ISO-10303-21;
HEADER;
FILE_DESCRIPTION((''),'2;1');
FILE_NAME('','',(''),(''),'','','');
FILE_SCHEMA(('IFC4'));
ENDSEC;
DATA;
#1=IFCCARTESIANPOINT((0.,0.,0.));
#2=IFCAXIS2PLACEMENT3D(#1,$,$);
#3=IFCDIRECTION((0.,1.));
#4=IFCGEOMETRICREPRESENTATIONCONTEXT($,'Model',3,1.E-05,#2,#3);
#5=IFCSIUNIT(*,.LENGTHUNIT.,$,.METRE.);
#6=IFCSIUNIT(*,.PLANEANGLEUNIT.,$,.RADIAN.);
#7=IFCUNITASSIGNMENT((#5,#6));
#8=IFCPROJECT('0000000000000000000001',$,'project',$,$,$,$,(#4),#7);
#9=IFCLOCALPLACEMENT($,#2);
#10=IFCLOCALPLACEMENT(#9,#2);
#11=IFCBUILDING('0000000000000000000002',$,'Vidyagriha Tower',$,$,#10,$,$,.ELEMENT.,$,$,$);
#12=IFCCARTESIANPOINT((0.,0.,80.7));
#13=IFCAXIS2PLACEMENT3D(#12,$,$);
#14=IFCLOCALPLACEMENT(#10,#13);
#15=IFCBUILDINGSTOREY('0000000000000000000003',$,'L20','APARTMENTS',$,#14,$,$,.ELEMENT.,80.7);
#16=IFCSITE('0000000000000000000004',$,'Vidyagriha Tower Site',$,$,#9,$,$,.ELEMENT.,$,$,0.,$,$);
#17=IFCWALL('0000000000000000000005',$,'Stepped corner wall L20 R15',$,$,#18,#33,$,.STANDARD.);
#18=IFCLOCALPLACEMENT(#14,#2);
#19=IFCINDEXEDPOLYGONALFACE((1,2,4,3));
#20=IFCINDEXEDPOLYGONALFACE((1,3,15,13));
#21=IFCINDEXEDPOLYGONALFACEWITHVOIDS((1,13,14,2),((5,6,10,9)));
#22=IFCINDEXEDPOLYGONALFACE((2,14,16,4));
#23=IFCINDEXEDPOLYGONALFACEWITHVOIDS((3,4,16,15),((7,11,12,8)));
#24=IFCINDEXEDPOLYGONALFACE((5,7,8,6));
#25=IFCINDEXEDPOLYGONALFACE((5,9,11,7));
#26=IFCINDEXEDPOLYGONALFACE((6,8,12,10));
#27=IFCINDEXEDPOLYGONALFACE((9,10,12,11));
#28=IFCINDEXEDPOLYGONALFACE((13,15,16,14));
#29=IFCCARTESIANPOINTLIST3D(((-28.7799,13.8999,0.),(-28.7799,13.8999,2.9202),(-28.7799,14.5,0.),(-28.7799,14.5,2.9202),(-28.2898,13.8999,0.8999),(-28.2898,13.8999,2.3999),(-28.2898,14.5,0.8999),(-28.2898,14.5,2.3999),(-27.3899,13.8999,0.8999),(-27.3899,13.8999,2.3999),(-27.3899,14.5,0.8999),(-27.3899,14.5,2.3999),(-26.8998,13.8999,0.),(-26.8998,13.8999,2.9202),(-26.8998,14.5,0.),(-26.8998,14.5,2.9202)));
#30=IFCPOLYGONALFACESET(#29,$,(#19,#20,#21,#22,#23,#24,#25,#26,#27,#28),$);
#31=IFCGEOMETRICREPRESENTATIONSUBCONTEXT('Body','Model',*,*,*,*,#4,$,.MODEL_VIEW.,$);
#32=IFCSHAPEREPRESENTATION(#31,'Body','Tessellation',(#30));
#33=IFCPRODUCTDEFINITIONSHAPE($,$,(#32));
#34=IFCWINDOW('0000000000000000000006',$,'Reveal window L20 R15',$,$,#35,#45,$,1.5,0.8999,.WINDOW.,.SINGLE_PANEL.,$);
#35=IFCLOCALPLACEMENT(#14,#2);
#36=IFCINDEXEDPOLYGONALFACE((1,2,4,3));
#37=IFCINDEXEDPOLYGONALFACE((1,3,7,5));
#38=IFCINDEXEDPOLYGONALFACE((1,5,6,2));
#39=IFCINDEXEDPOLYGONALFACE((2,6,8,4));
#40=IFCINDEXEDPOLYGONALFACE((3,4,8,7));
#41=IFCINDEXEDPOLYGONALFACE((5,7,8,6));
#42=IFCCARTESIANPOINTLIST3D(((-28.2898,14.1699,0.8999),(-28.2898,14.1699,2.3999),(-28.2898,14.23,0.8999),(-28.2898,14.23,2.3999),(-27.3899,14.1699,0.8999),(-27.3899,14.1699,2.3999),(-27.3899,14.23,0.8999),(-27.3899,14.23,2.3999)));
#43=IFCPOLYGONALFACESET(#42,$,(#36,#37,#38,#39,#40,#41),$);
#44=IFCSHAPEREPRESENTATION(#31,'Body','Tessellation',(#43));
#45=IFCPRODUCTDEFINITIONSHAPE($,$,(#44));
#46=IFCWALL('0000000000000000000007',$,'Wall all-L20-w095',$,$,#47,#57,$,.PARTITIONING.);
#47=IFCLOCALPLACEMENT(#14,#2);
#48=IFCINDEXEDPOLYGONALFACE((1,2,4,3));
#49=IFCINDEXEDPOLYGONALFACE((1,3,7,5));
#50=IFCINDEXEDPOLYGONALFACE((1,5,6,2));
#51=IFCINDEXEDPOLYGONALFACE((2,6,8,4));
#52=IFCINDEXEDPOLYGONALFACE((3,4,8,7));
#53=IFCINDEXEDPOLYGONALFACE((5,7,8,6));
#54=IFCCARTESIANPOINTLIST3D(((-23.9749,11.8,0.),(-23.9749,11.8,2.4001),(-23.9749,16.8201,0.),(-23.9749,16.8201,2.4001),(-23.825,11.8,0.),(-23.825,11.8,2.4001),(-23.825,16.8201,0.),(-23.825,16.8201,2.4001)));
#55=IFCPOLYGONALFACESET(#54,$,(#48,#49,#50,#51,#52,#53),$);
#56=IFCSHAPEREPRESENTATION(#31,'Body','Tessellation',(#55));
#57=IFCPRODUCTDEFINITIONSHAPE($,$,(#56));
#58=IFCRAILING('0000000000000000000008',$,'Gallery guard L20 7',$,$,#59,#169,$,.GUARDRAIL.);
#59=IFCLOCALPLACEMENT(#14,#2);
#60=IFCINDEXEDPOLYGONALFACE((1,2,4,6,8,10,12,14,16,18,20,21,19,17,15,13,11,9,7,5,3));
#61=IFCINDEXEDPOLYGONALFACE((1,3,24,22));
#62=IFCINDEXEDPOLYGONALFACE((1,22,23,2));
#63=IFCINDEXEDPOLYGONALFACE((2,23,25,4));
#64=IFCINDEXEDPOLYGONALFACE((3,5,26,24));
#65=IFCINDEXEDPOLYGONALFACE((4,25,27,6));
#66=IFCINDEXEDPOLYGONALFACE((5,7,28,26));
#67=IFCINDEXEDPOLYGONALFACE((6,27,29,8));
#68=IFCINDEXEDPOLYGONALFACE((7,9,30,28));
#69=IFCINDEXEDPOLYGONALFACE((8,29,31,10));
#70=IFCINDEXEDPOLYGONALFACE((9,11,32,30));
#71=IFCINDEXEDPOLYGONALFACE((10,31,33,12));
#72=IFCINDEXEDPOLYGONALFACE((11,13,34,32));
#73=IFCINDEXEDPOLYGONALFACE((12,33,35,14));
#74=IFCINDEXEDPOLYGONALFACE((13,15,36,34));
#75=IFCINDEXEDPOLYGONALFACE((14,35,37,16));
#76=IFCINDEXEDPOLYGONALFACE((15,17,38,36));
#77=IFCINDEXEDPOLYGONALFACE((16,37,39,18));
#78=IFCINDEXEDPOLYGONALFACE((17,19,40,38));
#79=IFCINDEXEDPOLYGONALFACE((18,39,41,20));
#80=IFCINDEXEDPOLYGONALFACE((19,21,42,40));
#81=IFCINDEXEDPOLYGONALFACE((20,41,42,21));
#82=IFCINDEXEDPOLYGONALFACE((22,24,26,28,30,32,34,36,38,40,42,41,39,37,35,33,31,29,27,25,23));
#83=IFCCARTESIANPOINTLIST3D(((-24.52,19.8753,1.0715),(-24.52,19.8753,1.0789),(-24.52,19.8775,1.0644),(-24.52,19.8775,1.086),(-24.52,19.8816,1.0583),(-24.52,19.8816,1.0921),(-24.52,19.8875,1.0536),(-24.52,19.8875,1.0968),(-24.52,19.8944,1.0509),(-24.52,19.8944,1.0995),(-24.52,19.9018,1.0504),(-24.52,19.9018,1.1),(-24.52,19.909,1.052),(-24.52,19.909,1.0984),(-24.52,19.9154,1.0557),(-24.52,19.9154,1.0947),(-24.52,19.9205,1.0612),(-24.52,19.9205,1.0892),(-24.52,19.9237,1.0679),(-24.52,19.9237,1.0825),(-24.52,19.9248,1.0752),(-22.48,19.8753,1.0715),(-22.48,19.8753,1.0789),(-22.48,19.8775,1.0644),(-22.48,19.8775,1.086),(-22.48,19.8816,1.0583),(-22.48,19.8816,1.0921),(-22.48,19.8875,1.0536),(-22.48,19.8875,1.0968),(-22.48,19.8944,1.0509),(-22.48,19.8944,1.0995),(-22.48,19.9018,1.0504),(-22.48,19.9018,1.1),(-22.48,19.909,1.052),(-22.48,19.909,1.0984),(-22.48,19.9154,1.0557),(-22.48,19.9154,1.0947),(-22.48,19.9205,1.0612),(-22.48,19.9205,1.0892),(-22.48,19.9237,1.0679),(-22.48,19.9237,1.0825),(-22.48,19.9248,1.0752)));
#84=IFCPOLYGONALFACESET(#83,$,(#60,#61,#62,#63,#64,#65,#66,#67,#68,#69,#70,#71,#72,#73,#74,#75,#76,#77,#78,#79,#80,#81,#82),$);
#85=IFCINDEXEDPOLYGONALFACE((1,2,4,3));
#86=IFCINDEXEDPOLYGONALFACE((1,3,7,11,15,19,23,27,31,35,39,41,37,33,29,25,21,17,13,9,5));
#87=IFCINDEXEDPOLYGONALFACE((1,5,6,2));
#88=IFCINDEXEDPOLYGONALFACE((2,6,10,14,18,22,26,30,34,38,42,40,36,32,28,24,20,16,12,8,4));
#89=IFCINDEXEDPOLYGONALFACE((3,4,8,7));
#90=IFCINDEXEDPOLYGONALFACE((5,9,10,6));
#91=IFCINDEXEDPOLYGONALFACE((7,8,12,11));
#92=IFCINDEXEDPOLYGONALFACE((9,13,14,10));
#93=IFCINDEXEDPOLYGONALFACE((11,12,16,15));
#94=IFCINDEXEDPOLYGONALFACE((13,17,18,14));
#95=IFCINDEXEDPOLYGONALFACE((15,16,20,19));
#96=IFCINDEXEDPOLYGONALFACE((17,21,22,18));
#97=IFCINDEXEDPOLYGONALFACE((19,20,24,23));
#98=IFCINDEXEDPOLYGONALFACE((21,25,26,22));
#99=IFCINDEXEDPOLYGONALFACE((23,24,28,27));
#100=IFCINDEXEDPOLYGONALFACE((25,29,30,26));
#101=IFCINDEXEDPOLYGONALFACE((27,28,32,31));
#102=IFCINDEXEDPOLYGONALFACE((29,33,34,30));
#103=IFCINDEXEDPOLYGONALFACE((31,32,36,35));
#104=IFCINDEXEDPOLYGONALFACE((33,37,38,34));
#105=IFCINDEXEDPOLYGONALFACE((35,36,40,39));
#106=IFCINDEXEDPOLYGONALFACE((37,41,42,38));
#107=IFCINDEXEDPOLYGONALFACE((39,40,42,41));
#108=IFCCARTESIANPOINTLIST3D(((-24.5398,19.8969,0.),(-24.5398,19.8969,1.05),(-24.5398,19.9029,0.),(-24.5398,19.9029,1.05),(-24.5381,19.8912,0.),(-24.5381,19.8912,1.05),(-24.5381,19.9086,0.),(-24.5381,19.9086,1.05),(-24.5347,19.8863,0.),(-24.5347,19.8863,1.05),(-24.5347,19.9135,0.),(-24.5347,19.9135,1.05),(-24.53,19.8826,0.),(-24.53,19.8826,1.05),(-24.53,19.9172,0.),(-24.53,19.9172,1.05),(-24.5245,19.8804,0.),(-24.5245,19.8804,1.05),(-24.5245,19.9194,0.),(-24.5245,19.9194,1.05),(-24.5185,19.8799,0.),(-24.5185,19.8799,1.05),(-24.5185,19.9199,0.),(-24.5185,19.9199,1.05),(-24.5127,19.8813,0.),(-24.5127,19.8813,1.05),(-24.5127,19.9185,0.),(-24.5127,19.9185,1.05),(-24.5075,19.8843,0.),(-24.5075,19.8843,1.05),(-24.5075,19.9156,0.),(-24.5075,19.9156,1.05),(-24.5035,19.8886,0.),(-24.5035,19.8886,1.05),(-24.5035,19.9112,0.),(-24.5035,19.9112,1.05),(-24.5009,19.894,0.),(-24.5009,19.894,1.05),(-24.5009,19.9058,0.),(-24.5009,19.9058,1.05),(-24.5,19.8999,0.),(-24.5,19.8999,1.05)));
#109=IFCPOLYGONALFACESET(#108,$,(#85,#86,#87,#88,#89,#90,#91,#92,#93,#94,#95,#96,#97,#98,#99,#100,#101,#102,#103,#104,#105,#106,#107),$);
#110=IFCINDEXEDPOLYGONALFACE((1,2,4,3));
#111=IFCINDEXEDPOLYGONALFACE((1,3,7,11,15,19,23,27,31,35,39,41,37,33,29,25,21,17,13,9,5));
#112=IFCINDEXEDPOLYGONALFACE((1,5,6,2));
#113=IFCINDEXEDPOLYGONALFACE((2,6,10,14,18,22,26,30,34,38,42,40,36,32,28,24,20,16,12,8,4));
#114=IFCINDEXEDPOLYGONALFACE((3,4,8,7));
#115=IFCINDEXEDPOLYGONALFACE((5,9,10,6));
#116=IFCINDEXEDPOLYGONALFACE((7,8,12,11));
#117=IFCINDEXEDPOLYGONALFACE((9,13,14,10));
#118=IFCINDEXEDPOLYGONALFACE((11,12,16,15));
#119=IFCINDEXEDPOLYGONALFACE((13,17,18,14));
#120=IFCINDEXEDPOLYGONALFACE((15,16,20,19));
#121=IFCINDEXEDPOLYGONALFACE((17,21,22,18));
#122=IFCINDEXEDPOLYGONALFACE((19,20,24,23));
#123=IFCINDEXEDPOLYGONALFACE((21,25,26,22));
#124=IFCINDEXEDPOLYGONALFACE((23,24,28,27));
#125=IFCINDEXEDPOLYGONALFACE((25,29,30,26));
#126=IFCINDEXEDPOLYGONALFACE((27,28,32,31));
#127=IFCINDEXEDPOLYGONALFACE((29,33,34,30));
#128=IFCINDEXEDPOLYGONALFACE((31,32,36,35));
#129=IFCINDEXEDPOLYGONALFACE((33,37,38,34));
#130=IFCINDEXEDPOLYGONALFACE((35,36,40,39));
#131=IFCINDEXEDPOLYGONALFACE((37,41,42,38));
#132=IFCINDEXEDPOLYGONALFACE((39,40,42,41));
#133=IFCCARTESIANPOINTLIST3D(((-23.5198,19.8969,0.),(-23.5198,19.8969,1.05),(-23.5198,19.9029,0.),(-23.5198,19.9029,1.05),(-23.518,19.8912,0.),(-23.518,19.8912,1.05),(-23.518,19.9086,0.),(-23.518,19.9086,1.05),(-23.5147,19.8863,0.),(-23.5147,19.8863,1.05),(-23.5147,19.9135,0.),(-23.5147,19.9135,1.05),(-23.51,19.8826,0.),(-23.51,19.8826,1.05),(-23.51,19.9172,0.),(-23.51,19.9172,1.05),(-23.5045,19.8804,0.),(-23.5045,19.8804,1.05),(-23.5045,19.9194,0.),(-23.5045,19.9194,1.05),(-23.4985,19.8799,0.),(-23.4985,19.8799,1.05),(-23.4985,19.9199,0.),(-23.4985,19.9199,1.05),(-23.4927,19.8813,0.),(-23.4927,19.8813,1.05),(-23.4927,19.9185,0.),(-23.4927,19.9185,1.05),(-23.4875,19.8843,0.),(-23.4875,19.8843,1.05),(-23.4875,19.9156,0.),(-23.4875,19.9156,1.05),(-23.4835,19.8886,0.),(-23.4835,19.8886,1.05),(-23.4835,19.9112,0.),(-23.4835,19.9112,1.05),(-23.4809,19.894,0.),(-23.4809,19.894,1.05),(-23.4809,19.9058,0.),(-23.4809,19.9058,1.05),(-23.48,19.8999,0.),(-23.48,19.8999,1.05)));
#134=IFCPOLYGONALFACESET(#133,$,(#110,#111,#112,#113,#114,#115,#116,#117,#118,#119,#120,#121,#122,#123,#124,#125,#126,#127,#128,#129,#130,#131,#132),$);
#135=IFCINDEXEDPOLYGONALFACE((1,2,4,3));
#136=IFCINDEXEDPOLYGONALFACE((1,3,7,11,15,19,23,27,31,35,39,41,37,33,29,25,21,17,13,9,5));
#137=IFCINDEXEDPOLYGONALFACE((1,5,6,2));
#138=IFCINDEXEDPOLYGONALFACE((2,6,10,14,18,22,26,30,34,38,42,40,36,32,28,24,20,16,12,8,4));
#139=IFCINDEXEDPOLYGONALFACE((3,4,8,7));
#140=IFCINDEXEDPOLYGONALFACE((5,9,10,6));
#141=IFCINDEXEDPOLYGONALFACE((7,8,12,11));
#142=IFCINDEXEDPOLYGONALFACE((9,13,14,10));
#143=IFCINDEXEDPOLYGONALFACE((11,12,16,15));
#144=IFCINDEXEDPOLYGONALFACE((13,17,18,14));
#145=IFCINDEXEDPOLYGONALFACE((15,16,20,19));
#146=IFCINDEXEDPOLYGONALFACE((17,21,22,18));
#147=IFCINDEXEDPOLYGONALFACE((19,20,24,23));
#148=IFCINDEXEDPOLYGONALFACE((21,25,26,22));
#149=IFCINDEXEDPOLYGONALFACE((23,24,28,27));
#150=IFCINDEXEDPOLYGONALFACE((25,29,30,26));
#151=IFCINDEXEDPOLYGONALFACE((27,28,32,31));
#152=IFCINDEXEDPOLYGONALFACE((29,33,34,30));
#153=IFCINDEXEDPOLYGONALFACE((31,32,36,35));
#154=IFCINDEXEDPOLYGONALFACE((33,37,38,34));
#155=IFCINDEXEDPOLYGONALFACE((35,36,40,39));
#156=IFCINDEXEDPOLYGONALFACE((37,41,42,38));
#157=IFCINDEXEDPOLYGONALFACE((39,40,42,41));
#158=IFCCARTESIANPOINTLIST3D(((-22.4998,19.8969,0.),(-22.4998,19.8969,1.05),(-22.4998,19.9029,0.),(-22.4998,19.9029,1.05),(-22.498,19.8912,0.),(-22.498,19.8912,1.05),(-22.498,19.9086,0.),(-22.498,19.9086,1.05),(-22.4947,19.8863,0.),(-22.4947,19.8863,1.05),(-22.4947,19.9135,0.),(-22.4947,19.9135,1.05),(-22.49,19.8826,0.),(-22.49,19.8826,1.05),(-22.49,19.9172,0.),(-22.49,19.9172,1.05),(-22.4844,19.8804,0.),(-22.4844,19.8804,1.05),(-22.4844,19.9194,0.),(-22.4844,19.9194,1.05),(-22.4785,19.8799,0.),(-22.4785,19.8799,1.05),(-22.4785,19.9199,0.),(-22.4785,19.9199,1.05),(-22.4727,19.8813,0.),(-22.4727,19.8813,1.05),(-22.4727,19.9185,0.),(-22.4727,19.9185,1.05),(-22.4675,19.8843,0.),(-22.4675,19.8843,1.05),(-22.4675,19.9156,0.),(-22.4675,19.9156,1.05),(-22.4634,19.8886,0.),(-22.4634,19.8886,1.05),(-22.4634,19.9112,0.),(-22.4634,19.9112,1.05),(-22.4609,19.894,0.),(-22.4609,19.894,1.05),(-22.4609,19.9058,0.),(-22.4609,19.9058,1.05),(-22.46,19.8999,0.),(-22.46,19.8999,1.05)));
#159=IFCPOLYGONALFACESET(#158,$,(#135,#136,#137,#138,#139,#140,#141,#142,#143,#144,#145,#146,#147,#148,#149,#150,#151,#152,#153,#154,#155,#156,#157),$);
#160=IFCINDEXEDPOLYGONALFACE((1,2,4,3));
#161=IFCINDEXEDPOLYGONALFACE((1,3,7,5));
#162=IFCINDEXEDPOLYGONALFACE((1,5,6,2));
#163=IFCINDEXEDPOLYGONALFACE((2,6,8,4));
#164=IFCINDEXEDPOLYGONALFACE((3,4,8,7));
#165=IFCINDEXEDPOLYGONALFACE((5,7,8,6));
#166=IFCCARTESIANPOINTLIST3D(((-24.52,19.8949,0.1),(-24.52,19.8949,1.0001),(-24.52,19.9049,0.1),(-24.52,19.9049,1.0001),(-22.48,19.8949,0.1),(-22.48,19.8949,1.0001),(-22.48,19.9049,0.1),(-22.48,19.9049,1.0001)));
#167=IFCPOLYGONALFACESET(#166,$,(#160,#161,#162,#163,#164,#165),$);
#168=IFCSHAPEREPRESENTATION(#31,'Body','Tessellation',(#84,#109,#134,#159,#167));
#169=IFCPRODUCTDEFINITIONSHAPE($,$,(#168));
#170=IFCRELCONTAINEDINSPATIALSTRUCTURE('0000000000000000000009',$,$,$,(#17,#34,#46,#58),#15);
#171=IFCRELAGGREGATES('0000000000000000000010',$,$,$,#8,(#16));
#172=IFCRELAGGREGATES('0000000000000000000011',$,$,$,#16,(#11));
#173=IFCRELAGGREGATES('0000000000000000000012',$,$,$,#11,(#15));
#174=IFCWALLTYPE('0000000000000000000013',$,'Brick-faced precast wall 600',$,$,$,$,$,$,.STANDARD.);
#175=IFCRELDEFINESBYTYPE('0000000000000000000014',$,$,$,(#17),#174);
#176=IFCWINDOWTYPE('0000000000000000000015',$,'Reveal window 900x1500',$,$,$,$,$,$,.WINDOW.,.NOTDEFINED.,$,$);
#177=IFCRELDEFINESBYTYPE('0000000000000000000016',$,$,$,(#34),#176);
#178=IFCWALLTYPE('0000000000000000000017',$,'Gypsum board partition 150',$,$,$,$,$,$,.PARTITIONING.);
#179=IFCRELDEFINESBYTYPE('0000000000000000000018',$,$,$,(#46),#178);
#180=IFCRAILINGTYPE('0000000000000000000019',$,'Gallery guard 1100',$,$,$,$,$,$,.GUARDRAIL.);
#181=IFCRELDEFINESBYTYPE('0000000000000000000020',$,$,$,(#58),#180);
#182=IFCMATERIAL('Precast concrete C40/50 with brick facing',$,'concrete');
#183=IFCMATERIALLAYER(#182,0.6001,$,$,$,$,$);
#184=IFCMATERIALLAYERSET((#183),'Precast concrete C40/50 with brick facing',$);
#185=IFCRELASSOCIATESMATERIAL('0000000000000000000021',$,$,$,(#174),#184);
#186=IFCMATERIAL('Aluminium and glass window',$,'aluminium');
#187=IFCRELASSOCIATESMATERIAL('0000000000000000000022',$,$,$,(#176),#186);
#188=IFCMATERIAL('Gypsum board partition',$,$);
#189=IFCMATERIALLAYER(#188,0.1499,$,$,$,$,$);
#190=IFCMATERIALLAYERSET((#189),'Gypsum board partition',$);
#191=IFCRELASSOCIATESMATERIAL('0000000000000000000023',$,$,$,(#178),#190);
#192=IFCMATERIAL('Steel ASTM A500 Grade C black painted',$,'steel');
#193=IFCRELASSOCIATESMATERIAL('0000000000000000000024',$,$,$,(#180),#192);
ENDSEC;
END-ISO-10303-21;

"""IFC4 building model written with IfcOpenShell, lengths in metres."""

from ifc_helpers import new_model, si_unit, direction, frame, frame_2d, origin, origin_2d, place, context, subcontext, project, spatial, rectangle, circle, extrude, material, layer, layer_set, type_object, element, fill, save


model = new_model("IFC4")

# Units and contexts
model_context = context("Model", 3, precision=1e-05, world=origin(), true_north=direction((0.0, 1.0)))
body_context = subcontext(model_context, "Body", "Model", "MODEL_VIEW")
ifc_project = project(units=[si_unit("LENGTHUNIT", "METRE"), si_unit("PLANEANGLEUNIT", "RADIAN")], contexts=[model_context])

# Site, building, storey
site_placement = place(None, origin())
site = spatial("IfcSite", under=ifc_project, at=site_placement, Name="Vidyagriha Tower Site", CompositionType="ELEMENT", RefElevation=0.0)
building_placement = place(site_placement, origin())
building = spatial("IfcBuilding", under=site, at=building_placement, Name="Vidyagriha Tower", CompositionType="ELEMENT")
storey_placement = place(building_placement, frame((0.0, 0.0, 80.7)))
storey = spatial("IfcBuildingStorey", under=building, at=storey_placement, Name="L20", Description="APARTMENTS", CompositionType="ELEMENT", Elevation=80.7)

# Shared definitions
ifc_material_1 = material(Name="Precast concrete C40/50 with brick facing", Category="concrete")
ifc_layer_1 = layer(ifc_material_1, 0.6001)
ifc_layer_set_1 = layer_set([ifc_layer_1], Name="Precast concrete C40/50 with brick facing")
wall_type_1 = type_object("IfcWallType", Name="Brick-faced precast wall 600", PredefinedType="STANDARD", material=ifc_layer_set_1)

# Shared definitions
ifc_material_2 = material(Name="Aluminium and glass window", Category="aluminium")
window_type = type_object("IfcWindowType", Name="Reveal window 900x1500", PartitioningType="NOTDEFINED", PredefinedType="WINDOW", material=ifc_material_2)

# Wall, opening, window
wall_1_placement = place(storey_placement, frame((-26.8999, 14.2, 0.0), z_axis=(0.0, 0.0, 1.0), x_axis=(-1.0, 0.0, 0.0)))
wall_1 = element("IfcWall", 1, at=wall_1_placement, inside=storey, type_object=wall_type_1, Name="Stepped corner wall L20 R15", PredefinedType="STANDARD", context=body_context, shape_type="SweptSolid", body=[
    extrude(rectangle(XDim=1.8801, YDim=0.6001, at=frame_2d((0.9399, 0.0))), origin(), (0.0, 0.0, 1.0), 2.9202),
])
opening_1_placement = place(wall_1_placement, frame((0.49, 0.0, 0.8999)))
opening_1 = element("IfcOpeningElement", 2, at=opening_1_placement, cuts=wall_1, PredefinedType="OPENING", context=body_context, shape_type="SweptSolid", body=[
    extrude(rectangle(XDim=0.8999, YDim=1.5, at=frame_2d((0.45, 0.75))), frame((0.0, 0.3101, 0.0), z_axis=(0.0, -1.0, 0.0), x_axis=(1.0, 0.0, 0.0)), (0.0, 0.0, 1.0), 0.6201),
])
window_1_placement = place(opening_1_placement, origin())
window_1 = element("IfcWindow", 3, at=window_1_placement, inside=storey, type_object=window_type, Name="Reveal window L20 R15", OverallHeight=1.5, OverallWidth=0.8999, PartitioningType="SINGLE_PANEL", PredefinedType="WINDOW", context=body_context, shape_type="SweptSolid", body=[
    extrude(rectangle(XDim=0.8999, YDim=1.5, at=frame_2d((0.45, 0.75))), frame((0.0, 0.03, 0.0), z_axis=(0.0, -1.0, 0.0), x_axis=(1.0, 0.0, 0.0)), (0.0, 0.0, 1.0), 0.0601),
])
fill(opening_1, window_1)

# Wall
ifc_material_3 = material(Name="Gypsum board partition")
ifc_layer_2 = layer(ifc_material_3, 0.1499)
ifc_layer_set_2 = layer_set([ifc_layer_2], Name="Gypsum board partition")
wall_type_2 = type_object("IfcWallType", Name="Gypsum board partition 150", PredefinedType="PARTITIONING", material=ifc_layer_set_2)
wall_2_placement = place(storey_placement, frame((-23.8999, 16.8201, 0.0), z_axis=(0.0, 0.0, 1.0), x_axis=(0.0, -1.0, 0.0)))
element("IfcWall", 4, at=wall_2_placement, inside=storey, type_object=wall_type_2, Name="Wall all-L20-w095", PredefinedType="PARTITIONING", context=body_context, shape_type="SweptSolid", body=[
    extrude(rectangle(XDim=5.02, YDim=0.1499, at=frame_2d((2.51, 0.0))), origin(), (0.0, 0.0, 1.0), 2.4001),
])

# Railing
ifc_material_4 = material(Name="Steel ASTM A500 Grade C black painted", Category="steel")
railing_type = type_object("IfcRailingType", Name="Gallery guard 1100", PredefinedType="GUARDRAIL", material=ifc_material_4)
railing_1_placement = place(storey_placement, frame((-24.52, 19.8999, 0.0)))
element("IfcRailing", 5, at=railing_1_placement, inside=storey, type_object=railing_type, Name="Gallery guard L20 7", PredefinedType="GUARDRAIL", context=body_context, shape_type="SweptSolid", body=[
    extrude(circle(Radius=0.0249, at=origin_2d()), frame((0.0, 0.0, 1.0752), z_axis=(1.0, 0.0, 0.0), x_axis=(0.0, 1.0, 0.0)), (0.0, 0.0, 1.0), 2.04),
    extrude(circle(Radius=0.02, at=origin_2d()), origin(), (0.0, 0.0, 1.0), 1.05),
    extrude(circle(Radius=0.02, at=origin_2d()), frame((1.02, 0.0, 0.0)), (0.0, 0.0, 1.0), 1.05),
    extrude(circle(Radius=0.02, at=origin_2d()), frame((2.04, 0.0, 0.0)), (0.0, 0.0, 1.0), 1.05),
    extrude(rectangle(XDim=0.01, YDim=0.9001, at=origin_2d()), frame((0.0, 0.0, 0.55), z_axis=(1.0, 0.0, 0.0), x_axis=(0.0, 1.0, 0.0)), (0.0, 0.0, 1.0), 2.04),
])

save(model, "model.ifc")
